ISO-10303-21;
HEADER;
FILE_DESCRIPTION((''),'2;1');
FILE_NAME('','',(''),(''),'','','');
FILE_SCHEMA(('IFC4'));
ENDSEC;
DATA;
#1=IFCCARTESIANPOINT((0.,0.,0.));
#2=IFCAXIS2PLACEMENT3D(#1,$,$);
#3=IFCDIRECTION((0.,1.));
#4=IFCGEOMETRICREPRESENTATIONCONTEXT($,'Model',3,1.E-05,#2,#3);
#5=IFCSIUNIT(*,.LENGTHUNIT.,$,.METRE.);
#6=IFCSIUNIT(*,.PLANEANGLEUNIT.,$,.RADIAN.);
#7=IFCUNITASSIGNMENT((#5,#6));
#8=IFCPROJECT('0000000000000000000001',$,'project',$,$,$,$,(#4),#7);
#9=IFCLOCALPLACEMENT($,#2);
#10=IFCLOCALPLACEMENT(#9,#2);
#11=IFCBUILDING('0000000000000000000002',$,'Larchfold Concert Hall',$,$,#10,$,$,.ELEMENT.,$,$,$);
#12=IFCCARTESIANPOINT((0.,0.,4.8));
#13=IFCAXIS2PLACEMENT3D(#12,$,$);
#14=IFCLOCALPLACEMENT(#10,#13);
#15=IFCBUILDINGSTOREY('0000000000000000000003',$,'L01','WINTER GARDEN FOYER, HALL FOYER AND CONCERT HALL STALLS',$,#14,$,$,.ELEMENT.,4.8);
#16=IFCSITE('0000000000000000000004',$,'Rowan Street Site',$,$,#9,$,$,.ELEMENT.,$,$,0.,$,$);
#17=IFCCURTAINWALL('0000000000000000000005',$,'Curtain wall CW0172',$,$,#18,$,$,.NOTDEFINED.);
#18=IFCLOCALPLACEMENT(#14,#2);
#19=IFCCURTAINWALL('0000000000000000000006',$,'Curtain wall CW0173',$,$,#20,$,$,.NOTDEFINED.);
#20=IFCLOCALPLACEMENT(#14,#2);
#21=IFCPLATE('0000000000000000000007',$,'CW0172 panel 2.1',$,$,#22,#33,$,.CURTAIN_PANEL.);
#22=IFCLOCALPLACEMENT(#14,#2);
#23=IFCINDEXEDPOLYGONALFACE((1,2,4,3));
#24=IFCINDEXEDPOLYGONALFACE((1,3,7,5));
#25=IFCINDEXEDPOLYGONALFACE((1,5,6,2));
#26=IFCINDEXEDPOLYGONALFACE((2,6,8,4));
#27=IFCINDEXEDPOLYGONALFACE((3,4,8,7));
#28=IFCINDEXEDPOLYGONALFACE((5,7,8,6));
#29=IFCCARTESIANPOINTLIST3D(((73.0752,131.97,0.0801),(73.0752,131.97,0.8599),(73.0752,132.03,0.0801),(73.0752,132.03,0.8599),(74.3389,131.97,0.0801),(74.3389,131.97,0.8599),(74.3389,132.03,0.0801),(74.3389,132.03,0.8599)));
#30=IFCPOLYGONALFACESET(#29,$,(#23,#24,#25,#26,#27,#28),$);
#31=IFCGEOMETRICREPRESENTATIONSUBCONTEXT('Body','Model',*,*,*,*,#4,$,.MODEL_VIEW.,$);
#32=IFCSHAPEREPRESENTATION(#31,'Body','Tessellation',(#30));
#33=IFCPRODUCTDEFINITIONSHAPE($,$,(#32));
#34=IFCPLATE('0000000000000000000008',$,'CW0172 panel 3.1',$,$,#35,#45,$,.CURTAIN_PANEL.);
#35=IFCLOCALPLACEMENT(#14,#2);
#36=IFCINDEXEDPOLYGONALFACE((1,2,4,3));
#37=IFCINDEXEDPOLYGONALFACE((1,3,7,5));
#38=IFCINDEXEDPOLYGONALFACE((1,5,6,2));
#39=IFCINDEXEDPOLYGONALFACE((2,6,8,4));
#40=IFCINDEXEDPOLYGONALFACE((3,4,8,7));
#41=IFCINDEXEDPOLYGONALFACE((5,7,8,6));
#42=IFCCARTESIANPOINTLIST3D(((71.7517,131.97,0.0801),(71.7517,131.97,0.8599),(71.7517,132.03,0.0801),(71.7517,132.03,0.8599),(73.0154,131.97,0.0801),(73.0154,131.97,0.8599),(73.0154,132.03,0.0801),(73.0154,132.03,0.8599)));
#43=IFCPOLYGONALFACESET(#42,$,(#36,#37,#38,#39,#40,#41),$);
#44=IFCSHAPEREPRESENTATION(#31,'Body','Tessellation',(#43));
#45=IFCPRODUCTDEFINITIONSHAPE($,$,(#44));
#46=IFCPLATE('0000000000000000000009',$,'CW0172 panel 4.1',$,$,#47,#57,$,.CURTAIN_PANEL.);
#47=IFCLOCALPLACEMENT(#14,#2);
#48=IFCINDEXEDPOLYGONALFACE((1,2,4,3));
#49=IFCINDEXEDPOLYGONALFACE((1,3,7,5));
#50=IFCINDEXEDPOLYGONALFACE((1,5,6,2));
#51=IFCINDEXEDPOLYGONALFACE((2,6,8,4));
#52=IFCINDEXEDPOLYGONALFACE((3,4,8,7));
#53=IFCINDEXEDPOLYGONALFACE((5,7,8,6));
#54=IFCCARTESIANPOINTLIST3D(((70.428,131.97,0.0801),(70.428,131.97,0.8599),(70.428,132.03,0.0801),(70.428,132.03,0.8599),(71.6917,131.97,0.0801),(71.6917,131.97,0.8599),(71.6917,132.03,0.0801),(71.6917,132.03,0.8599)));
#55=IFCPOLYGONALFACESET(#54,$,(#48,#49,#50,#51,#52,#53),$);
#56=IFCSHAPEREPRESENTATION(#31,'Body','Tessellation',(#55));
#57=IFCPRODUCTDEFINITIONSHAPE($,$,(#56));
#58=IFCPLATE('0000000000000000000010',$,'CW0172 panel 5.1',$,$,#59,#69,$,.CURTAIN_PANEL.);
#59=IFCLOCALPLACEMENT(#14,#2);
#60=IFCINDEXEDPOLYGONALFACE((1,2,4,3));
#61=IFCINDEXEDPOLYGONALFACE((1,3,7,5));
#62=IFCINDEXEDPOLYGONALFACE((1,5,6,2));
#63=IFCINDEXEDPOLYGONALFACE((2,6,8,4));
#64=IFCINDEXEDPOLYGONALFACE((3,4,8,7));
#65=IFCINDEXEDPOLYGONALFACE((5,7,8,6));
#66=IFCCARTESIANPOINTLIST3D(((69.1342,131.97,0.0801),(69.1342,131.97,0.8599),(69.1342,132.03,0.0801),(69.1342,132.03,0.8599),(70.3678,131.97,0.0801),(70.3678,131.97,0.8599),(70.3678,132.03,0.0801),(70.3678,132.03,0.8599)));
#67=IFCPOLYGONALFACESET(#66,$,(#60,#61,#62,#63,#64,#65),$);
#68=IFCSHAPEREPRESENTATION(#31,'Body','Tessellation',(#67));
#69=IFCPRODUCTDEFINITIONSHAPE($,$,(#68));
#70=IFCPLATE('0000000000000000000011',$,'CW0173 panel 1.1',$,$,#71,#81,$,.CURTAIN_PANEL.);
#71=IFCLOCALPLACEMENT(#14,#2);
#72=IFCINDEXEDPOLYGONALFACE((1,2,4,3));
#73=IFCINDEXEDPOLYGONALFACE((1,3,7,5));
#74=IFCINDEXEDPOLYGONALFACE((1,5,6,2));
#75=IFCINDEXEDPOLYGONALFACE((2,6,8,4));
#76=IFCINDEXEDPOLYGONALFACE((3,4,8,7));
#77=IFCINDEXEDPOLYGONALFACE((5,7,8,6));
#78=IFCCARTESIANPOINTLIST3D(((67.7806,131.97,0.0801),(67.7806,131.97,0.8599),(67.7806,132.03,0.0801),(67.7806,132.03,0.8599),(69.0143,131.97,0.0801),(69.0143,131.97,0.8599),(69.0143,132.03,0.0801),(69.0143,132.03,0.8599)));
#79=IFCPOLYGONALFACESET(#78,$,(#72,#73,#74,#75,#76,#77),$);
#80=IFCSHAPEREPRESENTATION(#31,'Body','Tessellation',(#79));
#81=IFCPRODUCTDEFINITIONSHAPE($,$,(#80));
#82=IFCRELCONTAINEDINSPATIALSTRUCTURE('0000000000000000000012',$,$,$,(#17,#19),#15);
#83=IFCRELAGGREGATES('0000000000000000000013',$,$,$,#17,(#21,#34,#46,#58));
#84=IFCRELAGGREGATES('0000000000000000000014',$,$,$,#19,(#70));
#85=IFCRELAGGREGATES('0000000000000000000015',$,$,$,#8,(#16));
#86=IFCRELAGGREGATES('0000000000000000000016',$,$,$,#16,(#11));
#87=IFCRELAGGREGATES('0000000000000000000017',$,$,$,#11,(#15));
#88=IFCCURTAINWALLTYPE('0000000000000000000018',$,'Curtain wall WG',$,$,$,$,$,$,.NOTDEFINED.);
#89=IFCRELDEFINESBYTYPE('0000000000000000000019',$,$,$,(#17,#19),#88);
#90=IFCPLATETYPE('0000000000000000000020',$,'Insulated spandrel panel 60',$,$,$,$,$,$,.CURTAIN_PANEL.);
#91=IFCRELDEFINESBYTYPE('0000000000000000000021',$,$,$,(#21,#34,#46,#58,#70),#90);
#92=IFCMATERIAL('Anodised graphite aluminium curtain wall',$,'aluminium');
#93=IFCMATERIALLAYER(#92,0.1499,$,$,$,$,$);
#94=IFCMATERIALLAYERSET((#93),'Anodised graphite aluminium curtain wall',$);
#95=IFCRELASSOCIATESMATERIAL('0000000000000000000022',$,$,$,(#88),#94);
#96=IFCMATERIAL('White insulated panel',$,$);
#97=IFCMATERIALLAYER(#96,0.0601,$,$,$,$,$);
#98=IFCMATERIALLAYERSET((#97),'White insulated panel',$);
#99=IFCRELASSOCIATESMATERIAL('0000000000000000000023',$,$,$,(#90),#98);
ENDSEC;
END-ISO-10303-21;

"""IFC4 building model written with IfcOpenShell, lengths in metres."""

from ifc_helpers import new_model, si_unit, direction, frame, origin, origin_2d, place, context, subcontext, project, spatial, rectangle, extrude, material, layer, layer_set, type_object, element, aggregate, save


model = new_model("IFC4")

# Units and contexts
model_context = context("Model", 3, precision=1e-05, world=origin(), true_north=direction((0.0, 1.0)))
body_context = subcontext(model_context, "Body", "Model", "MODEL_VIEW")
ifc_project = project(units=[si_unit("LENGTHUNIT", "METRE"), si_unit("PLANEANGLEUNIT", "RADIAN")], contexts=[model_context])

# Site, building, storey
site_placement = place(None, origin())
site = spatial("IfcSite", under=ifc_project, at=site_placement, Name="Rowan Street Site", CompositionType="ELEMENT", RefElevation=0.0)
building_placement = place(site_placement, origin())
building = spatial("IfcBuilding", under=site, at=building_placement, Name="Larchfold Concert Hall", CompositionType="ELEMENT")
storey_placement = place(building_placement, frame((0.0, 0.0, 4.8)))
storey = spatial("IfcBuildingStorey", under=building, at=storey_placement, Name="L01", Description="WINTER GARDEN FOYER, HALL FOYER AND CONCERT HALL STALLS", CompositionType="ELEMENT", Elevation=4.8)

# Curtain wall
ifc_material_1 = material(Name="Anodised graphite aluminium curtain wall", Category="aluminium")
ifc_layer_1 = layer(ifc_material_1, 0.1499)
ifc_layer_set_1 = layer_set([ifc_layer_1], Name="Anodised graphite aluminium curtain wall")
curtain_wall_type = type_object("IfcCurtainWallType", Name="Curtain wall WG", PredefinedType="NOTDEFINED", material=ifc_layer_set_1)
curtain_wall_1_placement = place(storey_placement, origin())
curtain_wall_1 = element("IfcCurtainWall", 1, at=curtain_wall_1_placement, inside=storey, type_object=curtain_wall_type, Name="Curtain wall CW0172", PredefinedType="NOTDEFINED")

# Curtain wall
curtain_wall_2_placement = place(storey_placement, origin())
curtain_wall_2 = element("IfcCurtainWall", 2, at=curtain_wall_2_placement, inside=storey, type_object=curtain_wall_type, Name="Curtain wall CW0173", PredefinedType="NOTDEFINED")

# Plates
ifc_material_2 = material(Name="White insulated panel")
ifc_layer_2 = layer(ifc_material_2, 0.0601)
ifc_layer_set_2 = layer_set([ifc_layer_2], Name="White insulated panel")
plate_type_1 = type_object("IfcPlateType", Name="Insulated spandrel panel 60", PredefinedType="CURTAIN_PANEL", material=ifc_layer_set_2)
plate_1_placement = place(storey_placement, frame((73.707, 132.0, 0.0801), z_axis=(0.0, 0.0, 1.0), x_axis=(-1.0, 0.0, 0.0)))
plate_1 = element("IfcPlate", 3, at=plate_1_placement, type_object=plate_type_1, Name="CW0172 panel 2.1", PredefinedType="CURTAIN_PANEL", context=body_context, shape_type="SweptSolid", body=[
    extrude(rectangle(XDim=1.2637, YDim=0.0601, at=origin_2d()), origin(), (0.0, 0.0, 1.0), 0.7798),
])
plate_2_placement = place(storey_placement, frame((72.3835, 132.0, 0.0801), z_axis=(0.0, 0.0, 1.0), x_axis=(-1.0, 0.0, 0.0)))
plate_2 = element("IfcPlate", 4, at=plate_2_placement, type_object=plate_type_1, Name="CW0172 panel 3.1", PredefinedType="CURTAIN_PANEL", context=body_context, shape_type="SweptSolid", body=[
    extrude(rectangle(XDim=1.2637, YDim=0.0601, at=origin_2d()), origin(), (0.0, 0.0, 1.0), 0.7798),
])
plate_3_placement = place(storey_placement, frame((71.0598, 132.0, 0.0801), z_axis=(0.0, 0.0, 1.0), x_axis=(-1.0, 0.0, 0.0)))
plate_3 = element("IfcPlate", 5, at=plate_3_placement, type_object=plate_type_1, Name="CW0172 panel 4.1", PredefinedType="CURTAIN_PANEL", context=body_context, shape_type="SweptSolid", body=[
    extrude(rectangle(XDim=1.2637, YDim=0.0601, at=origin_2d()), origin(), (0.0, 0.0, 1.0), 0.7798),
])
plate_4_placement = place(storey_placement, frame((69.751, 132.0, 0.0801), z_axis=(0.0, 0.0, 1.0), x_axis=(-1.0, 0.0, 0.0)))
plate_4 = element("IfcPlate", 6, at=plate_4_placement, type_object=plate_type_1, Name="CW0172 panel 5.1", PredefinedType="CURTAIN_PANEL", context=body_context, shape_type="SweptSolid", body=[
    extrude(rectangle(XDim=1.2336, YDim=0.0601, at=origin_2d()), origin(), (0.0, 0.0, 1.0), 0.7798),
])
aggregate(curtain_wall_1, [plate_1, plate_2, plate_3, plate_4])
plate_5_placement = place(storey_placement, frame((68.3975, 132.0, 0.0801), z_axis=(0.0, 0.0, 1.0), x_axis=(-1.0, 0.0, 0.0)))
plate_5 = element("IfcPlate", 7, at=plate_5_placement, type_object=plate_type_1, Name="CW0173 panel 1.1", PredefinedType="CURTAIN_PANEL", context=body_context, shape_type="SweptSolid", body=[
    extrude(rectangle(XDim=1.2336, YDim=0.0601, at=origin_2d()), origin(), (0.0, 0.0, 1.0), 0.7798),
])
aggregate(curtain_wall_2, [plate_5])

save(model, "model.ifc")
